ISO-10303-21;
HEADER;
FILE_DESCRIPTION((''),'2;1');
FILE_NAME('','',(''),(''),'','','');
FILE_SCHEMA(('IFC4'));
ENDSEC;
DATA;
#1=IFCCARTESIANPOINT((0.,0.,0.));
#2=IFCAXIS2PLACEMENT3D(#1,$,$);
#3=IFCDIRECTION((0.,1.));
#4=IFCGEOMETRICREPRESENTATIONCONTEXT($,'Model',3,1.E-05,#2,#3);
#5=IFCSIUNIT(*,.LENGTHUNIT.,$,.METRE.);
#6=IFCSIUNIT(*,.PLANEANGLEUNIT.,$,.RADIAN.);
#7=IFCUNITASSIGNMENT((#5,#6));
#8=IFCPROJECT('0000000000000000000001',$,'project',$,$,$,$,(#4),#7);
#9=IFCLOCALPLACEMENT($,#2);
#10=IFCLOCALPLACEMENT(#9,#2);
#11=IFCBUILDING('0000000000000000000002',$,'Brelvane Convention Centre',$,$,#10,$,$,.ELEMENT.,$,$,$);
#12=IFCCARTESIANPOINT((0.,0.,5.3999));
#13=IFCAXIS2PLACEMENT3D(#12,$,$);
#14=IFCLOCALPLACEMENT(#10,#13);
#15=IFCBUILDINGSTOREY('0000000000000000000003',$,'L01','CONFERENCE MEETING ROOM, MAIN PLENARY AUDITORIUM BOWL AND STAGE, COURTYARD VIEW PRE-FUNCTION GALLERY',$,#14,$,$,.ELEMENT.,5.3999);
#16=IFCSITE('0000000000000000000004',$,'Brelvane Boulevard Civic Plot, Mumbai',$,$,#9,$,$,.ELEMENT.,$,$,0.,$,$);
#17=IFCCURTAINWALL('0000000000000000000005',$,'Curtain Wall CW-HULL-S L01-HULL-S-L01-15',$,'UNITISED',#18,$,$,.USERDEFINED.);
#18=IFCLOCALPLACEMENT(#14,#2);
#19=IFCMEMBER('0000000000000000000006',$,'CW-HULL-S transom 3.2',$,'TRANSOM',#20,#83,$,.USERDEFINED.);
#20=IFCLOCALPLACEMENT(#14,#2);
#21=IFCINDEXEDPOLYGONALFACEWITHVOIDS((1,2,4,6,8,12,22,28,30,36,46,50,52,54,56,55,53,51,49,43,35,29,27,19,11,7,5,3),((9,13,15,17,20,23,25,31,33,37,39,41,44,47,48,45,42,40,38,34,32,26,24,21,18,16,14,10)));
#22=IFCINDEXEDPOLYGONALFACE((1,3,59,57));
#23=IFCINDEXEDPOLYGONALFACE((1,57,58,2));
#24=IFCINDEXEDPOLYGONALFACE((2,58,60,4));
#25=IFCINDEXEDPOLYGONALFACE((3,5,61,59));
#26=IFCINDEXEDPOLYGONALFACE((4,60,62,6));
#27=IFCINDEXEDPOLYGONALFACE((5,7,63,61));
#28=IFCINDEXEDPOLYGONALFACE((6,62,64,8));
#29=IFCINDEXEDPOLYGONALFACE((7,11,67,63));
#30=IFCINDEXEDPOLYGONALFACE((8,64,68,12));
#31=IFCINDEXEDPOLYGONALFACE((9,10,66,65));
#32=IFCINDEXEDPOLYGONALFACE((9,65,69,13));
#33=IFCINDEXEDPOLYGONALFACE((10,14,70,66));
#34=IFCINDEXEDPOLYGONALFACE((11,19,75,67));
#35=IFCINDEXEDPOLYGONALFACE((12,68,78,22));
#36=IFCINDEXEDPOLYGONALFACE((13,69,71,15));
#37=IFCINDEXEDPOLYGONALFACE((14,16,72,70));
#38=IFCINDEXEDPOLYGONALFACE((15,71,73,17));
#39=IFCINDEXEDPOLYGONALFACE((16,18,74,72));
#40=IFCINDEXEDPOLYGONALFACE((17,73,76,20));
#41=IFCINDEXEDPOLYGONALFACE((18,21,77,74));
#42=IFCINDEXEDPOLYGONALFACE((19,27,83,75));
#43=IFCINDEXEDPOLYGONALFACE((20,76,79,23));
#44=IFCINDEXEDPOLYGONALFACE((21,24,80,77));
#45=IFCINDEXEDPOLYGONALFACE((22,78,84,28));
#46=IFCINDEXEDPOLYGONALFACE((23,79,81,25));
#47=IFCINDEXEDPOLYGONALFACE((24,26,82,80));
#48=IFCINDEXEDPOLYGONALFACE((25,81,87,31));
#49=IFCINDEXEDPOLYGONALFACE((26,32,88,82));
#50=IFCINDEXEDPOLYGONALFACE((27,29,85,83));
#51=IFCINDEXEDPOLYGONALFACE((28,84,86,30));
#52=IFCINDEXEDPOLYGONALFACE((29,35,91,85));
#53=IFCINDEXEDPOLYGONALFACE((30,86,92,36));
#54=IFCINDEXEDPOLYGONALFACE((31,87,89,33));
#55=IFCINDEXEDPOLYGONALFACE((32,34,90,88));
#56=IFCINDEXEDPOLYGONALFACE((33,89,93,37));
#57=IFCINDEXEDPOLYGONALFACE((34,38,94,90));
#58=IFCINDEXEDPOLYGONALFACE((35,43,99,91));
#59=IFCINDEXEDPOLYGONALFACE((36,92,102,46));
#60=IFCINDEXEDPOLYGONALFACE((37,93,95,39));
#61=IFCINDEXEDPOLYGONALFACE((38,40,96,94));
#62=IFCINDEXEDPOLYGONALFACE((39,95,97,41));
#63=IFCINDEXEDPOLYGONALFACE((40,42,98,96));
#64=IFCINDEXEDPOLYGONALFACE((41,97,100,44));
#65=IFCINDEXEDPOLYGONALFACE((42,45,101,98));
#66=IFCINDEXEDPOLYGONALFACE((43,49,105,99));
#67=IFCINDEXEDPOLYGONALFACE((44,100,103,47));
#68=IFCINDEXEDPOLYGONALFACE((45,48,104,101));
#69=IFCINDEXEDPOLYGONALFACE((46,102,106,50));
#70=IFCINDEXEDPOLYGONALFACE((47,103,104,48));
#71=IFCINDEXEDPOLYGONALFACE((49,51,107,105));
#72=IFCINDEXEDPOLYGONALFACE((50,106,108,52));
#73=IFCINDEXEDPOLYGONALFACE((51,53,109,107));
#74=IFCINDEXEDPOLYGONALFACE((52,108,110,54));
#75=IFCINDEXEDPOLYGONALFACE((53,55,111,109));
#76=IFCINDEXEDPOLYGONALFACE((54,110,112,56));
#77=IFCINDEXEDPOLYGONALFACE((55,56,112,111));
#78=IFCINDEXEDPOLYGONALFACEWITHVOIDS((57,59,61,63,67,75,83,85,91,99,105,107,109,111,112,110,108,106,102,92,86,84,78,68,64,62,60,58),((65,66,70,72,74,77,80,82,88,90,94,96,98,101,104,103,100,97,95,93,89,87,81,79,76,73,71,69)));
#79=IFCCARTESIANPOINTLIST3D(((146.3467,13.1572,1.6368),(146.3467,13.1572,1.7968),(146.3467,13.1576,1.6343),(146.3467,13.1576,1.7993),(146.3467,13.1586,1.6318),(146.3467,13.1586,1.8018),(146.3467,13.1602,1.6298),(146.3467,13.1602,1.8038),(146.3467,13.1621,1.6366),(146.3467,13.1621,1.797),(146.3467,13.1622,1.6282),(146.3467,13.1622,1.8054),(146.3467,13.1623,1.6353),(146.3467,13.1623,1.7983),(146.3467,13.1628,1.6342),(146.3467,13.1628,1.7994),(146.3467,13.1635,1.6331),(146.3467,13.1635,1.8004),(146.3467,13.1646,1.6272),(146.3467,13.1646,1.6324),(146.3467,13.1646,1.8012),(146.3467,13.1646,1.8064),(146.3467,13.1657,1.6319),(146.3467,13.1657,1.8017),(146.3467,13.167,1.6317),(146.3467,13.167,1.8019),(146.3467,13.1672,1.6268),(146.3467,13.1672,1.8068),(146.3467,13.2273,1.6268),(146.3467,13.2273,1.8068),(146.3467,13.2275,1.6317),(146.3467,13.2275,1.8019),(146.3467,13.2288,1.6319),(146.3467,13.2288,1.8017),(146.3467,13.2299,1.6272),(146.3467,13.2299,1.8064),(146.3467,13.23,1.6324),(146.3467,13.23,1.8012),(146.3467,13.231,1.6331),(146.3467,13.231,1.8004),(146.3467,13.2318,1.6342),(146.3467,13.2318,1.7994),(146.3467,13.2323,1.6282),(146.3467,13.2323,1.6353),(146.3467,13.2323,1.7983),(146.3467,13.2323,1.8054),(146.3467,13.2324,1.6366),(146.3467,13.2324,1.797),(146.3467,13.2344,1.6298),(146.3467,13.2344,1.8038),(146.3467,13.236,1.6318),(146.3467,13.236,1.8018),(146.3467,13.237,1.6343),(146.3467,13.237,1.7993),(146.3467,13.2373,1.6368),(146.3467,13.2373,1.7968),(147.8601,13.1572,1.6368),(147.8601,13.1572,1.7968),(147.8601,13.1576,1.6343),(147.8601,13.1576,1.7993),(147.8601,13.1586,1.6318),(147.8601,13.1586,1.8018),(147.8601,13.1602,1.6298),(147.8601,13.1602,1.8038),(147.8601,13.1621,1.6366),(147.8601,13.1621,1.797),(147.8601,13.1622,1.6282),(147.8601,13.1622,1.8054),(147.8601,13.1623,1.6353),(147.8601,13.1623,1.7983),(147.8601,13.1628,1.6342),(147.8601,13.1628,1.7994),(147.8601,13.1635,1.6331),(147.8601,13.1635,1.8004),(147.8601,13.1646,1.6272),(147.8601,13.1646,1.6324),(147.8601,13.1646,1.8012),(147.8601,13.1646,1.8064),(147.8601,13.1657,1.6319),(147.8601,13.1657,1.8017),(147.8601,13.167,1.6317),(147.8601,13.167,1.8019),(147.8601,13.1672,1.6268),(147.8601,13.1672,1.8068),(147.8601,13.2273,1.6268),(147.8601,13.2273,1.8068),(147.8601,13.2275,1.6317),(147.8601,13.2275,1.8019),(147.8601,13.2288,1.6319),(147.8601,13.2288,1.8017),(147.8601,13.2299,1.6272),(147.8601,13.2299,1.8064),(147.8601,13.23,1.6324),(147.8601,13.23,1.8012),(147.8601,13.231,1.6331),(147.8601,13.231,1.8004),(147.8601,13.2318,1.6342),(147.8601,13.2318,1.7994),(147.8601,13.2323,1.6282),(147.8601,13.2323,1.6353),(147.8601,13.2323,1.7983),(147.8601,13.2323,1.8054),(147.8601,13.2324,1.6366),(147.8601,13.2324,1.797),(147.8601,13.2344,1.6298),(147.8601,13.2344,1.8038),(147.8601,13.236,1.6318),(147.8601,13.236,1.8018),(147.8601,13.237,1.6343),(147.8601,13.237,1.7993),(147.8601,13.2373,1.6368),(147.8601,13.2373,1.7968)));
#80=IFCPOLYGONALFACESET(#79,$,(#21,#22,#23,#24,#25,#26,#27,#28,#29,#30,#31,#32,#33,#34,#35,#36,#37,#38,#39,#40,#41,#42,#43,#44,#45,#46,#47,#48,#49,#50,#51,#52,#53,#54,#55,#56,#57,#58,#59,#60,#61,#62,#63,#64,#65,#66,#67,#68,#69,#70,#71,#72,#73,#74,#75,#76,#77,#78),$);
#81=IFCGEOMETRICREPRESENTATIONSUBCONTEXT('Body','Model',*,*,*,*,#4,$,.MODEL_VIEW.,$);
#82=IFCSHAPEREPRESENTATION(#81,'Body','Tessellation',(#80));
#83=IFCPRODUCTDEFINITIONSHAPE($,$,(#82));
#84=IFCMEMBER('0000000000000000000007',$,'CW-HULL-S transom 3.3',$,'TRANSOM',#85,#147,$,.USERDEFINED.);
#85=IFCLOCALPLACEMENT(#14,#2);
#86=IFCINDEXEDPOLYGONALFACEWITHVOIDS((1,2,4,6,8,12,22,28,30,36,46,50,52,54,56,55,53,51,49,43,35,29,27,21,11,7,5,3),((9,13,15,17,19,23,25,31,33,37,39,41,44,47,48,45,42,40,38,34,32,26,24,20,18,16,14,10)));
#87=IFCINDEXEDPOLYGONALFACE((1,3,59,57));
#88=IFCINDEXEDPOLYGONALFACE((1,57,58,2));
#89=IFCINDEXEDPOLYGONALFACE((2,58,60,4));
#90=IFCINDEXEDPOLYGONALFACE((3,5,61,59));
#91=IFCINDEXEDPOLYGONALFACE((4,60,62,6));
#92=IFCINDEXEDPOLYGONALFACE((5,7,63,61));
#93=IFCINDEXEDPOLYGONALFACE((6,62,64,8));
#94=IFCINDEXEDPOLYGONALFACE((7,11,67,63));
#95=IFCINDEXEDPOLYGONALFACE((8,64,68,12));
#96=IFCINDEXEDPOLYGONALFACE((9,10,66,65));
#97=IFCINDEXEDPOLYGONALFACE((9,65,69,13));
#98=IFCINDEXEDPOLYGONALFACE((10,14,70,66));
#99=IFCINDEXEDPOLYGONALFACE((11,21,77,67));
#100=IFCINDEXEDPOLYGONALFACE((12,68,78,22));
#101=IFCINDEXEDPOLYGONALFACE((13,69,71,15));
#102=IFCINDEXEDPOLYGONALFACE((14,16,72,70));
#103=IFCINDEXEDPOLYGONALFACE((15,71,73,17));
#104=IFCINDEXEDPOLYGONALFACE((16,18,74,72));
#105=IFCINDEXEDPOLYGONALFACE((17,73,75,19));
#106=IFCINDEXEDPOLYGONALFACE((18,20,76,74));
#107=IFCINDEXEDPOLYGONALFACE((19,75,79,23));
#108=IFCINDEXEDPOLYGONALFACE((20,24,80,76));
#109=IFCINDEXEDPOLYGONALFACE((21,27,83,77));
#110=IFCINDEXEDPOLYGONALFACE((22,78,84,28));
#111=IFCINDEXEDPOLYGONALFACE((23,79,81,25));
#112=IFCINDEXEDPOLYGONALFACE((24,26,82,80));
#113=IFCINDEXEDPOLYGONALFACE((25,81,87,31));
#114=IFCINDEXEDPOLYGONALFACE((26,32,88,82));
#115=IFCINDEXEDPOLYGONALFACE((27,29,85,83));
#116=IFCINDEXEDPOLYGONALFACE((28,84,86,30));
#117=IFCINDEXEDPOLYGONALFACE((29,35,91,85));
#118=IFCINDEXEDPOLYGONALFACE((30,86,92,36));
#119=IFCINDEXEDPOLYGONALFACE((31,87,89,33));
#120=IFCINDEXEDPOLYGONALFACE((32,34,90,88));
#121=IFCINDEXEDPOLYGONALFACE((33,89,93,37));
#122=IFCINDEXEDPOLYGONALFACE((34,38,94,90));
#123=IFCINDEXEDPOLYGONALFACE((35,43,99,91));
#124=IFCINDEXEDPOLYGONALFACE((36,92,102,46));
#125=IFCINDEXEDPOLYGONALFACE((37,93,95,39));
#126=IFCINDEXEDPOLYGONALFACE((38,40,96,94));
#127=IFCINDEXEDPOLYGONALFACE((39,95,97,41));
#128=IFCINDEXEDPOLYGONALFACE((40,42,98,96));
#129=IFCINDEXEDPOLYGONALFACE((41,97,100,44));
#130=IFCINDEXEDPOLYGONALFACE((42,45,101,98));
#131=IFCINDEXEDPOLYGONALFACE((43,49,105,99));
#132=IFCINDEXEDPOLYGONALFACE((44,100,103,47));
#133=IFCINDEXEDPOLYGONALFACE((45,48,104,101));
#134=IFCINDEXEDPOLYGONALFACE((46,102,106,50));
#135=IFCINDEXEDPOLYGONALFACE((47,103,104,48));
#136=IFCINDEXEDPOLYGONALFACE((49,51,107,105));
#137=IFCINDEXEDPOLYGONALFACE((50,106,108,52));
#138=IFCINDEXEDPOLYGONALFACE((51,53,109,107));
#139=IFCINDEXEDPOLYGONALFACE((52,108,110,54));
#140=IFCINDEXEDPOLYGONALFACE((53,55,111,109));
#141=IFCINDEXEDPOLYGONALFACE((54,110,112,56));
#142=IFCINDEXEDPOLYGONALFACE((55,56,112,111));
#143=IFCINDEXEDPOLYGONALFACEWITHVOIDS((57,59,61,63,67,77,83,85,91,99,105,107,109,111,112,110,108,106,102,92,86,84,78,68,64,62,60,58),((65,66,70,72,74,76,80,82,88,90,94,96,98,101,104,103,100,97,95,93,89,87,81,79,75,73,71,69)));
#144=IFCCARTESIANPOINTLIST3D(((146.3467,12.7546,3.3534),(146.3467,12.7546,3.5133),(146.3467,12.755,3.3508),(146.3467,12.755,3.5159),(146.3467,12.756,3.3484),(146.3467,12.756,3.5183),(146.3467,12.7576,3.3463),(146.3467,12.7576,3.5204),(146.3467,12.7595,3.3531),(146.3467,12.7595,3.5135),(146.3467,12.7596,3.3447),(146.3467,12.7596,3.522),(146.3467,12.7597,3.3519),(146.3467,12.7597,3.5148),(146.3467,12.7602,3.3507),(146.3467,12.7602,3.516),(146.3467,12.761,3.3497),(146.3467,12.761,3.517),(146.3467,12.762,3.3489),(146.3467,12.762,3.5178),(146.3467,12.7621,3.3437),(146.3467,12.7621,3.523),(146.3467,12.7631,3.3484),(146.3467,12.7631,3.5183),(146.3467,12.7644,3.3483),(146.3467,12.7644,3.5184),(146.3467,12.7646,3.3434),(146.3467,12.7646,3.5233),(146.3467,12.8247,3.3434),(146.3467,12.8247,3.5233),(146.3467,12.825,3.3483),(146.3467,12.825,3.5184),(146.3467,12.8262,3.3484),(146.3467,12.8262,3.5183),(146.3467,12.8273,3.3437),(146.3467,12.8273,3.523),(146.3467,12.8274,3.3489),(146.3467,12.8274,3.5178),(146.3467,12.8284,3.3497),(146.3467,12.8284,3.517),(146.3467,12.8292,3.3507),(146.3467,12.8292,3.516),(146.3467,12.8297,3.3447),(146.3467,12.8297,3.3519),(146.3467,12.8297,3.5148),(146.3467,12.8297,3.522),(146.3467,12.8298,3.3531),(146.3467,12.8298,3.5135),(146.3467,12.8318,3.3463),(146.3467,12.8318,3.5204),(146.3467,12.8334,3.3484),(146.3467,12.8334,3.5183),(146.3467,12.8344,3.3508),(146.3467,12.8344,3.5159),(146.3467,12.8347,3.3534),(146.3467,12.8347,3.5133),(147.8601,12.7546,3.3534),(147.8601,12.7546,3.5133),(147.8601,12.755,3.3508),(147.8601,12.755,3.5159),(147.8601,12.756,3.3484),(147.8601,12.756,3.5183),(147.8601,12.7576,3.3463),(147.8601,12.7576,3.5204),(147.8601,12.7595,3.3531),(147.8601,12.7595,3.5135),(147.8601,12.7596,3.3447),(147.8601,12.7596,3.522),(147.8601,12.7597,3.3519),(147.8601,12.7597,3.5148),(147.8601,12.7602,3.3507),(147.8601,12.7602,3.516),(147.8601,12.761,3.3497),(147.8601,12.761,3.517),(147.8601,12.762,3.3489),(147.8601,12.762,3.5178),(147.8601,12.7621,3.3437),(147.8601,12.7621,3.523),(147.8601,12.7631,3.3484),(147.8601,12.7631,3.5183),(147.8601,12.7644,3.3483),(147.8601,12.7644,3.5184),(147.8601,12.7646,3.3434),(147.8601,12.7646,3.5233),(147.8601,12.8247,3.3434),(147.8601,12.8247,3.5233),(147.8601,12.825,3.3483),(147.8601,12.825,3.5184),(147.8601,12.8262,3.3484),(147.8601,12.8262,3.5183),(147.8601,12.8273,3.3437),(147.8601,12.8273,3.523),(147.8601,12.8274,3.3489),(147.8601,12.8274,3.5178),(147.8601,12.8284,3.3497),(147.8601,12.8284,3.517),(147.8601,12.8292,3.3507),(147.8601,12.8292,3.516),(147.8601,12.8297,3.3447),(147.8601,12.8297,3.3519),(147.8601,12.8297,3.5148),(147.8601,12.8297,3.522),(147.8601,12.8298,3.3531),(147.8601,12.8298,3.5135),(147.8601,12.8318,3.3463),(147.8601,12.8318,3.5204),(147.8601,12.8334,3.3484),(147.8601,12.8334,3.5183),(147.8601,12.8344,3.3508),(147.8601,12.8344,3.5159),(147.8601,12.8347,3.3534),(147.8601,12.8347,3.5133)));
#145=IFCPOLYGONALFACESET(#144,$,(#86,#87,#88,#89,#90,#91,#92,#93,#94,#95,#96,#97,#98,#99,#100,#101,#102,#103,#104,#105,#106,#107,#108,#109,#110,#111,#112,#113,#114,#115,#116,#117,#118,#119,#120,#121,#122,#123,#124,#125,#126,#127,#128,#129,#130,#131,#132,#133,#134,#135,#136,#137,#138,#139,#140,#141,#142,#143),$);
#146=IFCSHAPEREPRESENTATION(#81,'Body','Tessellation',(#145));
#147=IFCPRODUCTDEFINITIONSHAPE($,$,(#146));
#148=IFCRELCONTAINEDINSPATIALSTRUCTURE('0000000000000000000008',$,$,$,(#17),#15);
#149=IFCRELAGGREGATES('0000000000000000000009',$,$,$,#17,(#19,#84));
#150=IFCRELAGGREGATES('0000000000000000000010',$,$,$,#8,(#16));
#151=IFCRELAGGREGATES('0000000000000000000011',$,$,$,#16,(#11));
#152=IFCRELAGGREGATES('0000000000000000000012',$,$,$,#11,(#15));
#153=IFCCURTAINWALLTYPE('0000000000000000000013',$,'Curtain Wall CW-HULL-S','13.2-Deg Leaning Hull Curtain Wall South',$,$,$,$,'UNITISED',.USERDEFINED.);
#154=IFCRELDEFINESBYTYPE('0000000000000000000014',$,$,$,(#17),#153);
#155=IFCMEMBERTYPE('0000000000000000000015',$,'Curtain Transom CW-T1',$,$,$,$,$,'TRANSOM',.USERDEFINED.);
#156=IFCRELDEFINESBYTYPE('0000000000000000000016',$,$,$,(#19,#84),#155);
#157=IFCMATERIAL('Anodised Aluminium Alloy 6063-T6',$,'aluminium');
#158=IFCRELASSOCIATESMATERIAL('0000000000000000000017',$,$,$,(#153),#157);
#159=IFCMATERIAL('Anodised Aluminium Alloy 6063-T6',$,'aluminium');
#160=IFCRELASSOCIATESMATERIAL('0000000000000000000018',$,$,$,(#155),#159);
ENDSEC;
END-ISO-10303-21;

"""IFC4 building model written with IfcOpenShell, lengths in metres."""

from ifc_helpers import new_model, si_unit, direction, frame, origin, origin_2d, place, context, subcontext, project, spatial, hollow_rectangle, extrude, material, material_profile, profile_set, type_object, element, aggregate, save


model = new_model("IFC4")

# Units and contexts
model_context = context("Model", 3, precision=1e-05, world=origin(), true_north=direction((0.0, 1.0)))
body_context = subcontext(model_context, "Body", "Model", "MODEL_VIEW")
ifc_project = project(units=[si_unit("LENGTHUNIT", "METRE"), si_unit("PLANEANGLEUNIT", "RADIAN")], contexts=[model_context])

# Site, building, storey
site_placement = place(None, origin())
site = spatial("IfcSite", under=ifc_project, at=site_placement, Name="Brelvane Boulevard Civic Plot, Mumbai", CompositionType="ELEMENT", RefElevation=0.0)
building_placement = place(site_placement, origin())
building = spatial("IfcBuilding", under=site, at=building_placement, Name="Brelvane Convention Centre", CompositionType="ELEMENT")
storey_placement = place(building_placement, frame((0.0, 0.0, 5.3999)))
storey = spatial("IfcBuildingStorey", under=building, at=storey_placement, Name="L01", Description="CONFERENCE MEETING ROOM, MAIN PLENARY AUDITORIUM BOWL AND STAGE, COURTYARD VIEW PRE-FUNCTION GALLERY", CompositionType="ELEMENT", Elevation=5.3999)

# Curtain wall, members
ifc_material_1 = material(Name="Anodised Aluminium Alloy 6063-T6", Category="aluminium")
curtain_wall_type = type_object("IfcCurtainWallType", Name="Curtain Wall CW-HULL-S", Description="13.2-Deg Leaning Hull Curtain Wall South", ElementType="UNITISED", PredefinedType="USERDEFINED", material=ifc_material_1)
curtain_wall_placement = place(storey_placement, origin())
curtain_wall = element("IfcCurtainWall", 1, at=curtain_wall_placement, inside=storey, type_object=curtain_wall_type, Name="Curtain Wall CW-HULL-S L01-HULL-S-L01-15", ObjectType="UNITISED", PredefinedType="USERDEFINED")
ifc_material_2 = material(Name="Anodised Aluminium Alloy 6063-T6", Category="aluminium")
ifc_material_profile = material_profile(ifc_material_2, hollow_rectangle(XDim=0.0801, YDim=0.1799, WallThickness=0.0049, InnerFilletRadius=0.0049, OuterFilletRadius=0.01, at=origin_2d()), Name="ALU-T 180x80x5.0")
ifc_profile_set = profile_set([ifc_material_profile], Name="Anodised Aluminium Alloy 6063-T6")
member_type = type_object("IfcMemberType", Name="Curtain Transom CW-T1", ElementType="TRANSOM", PredefinedType="USERDEFINED", material=ifc_profile_set)
member_1_placement = place(storey_placement, frame((146.3467, 13.1973, 1.7168), z_axis=(1.0, 0.0, 0.0), x_axis=(0.0, 1.0, 0.0)))
member_1 = element("IfcMember", 2, at=member_1_placement, type_object=member_type, Name="CW-HULL-S transom 3.2", ObjectType="TRANSOM", PredefinedType="USERDEFINED", context=body_context, shape_type="SweptSolid", body=[
    extrude(hollow_rectangle(XDim=0.0801, YDim=0.1799, WallThickness=0.0049, InnerFilletRadius=0.0049, OuterFilletRadius=0.01, at=origin_2d()), origin(), (0.0, 0.0, 1.0), 1.5134),
])
member_2_placement = place(storey_placement, frame((146.3467, 12.7947, 3.4333), z_axis=(1.0, 0.0, 0.0), x_axis=(0.0, 1.0, 0.0)))
member_2 = element("IfcMember", 3, at=member_2_placement, type_object=member_type, Name="CW-HULL-S transom 3.3", ObjectType="TRANSOM", PredefinedType="USERDEFINED", context=body_context, shape_type="SweptSolid", body=[
    extrude(hollow_rectangle(XDim=0.0801, YDim=0.1799, WallThickness=0.0049, InnerFilletRadius=0.0049, OuterFilletRadius=0.01, at=origin_2d()), origin(), (0.0, 0.0, 1.0), 1.5134),
])
aggregate(curtain_wall, [member_1, member_2])

save(model, "model.ifc")
